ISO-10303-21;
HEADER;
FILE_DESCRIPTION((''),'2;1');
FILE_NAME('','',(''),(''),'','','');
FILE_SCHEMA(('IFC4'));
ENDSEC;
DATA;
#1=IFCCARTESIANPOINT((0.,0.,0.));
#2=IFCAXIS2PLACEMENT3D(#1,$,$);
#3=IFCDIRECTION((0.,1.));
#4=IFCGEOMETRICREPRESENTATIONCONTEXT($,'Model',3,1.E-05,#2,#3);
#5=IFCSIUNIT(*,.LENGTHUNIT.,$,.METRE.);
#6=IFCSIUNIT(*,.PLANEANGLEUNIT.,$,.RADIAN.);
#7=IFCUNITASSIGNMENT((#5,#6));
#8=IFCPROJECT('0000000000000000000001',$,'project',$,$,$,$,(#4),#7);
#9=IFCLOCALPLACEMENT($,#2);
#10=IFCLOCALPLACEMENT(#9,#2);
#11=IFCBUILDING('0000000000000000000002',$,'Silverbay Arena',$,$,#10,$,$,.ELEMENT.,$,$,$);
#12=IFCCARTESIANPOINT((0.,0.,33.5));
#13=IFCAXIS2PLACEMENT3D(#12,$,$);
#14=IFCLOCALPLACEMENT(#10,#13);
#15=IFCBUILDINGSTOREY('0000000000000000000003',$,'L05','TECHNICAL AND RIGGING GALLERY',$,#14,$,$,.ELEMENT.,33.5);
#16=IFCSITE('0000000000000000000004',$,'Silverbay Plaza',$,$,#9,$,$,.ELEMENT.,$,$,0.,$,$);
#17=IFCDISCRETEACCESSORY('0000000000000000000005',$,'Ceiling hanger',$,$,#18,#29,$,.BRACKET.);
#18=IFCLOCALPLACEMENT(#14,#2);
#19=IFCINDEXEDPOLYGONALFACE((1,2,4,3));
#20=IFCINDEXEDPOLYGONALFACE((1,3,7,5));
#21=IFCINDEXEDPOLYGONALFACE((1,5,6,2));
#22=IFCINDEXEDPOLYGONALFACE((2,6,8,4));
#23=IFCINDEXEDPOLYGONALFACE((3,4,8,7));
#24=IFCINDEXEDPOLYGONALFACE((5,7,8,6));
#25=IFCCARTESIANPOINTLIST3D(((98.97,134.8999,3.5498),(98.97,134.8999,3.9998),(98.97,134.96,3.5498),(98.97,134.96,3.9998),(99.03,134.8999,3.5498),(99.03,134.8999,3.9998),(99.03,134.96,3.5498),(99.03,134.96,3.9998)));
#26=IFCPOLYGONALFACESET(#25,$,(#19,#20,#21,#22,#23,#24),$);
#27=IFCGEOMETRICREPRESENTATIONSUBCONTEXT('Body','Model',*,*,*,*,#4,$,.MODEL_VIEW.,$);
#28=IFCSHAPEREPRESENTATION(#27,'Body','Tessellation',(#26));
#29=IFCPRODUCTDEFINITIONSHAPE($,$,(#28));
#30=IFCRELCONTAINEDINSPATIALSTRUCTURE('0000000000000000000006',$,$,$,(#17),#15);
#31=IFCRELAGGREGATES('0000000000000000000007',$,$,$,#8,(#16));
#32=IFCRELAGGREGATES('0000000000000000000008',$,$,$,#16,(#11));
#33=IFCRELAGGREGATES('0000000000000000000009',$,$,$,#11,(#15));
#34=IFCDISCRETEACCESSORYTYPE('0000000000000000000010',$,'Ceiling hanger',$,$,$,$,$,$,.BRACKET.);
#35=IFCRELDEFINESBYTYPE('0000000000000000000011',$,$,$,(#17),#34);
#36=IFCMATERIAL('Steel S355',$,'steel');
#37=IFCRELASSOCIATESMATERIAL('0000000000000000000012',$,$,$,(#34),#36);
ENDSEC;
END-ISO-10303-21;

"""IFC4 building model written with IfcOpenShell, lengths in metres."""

from ifc_helpers import new_model, si_unit, direction, frame, origin, origin_2d, place, context, subcontext, project, spatial, rectangle, extrude, material, type_object, element, save


model = new_model("IFC4")

# Units and contexts
model_context = context("Model", 3, precision=1e-05, world=origin(), true_north=direction((0.0, 1.0)))
body_context = subcontext(model_context, "Body", "Model", "MODEL_VIEW")
ifc_project = project(units=[si_unit("LENGTHUNIT", "METRE"), si_unit("PLANEANGLEUNIT", "RADIAN")], contexts=[model_context])

# Site, building, storey
site_placement = place(None, origin())
site = spatial("IfcSite", under=ifc_project, at=site_placement, Name="Silverbay Plaza", CompositionType="ELEMENT", RefElevation=0.0)
building_placement = place(site_placement, origin())
building = spatial("IfcBuilding", under=site, at=building_placement, Name="Silverbay Arena", CompositionType="ELEMENT")
storey_placement = place(building_placement, frame((0.0, 0.0, 33.5)))
storey = spatial("IfcBuildingStorey", under=building, at=storey_placement, Name="L05", Description="TECHNICAL AND RIGGING GALLERY", CompositionType="ELEMENT", Elevation=33.5)

# Discrete accessory
ifc_material_1 = material(Name="Steel S355", Category="steel")
discrete_accessory_type = type_object("IfcDiscreteAccessoryType", Name="Ceiling hanger", PredefinedType="BRACKET", material=ifc_material_1)
for number, where, z_axis, x_axis, name in (
    (1, (99.0, 134.9299, 3.5498), (0.0, 0.0, 1.0), (1.0, 0.0, 0.0), "Ceiling hanger"),
):
    element("IfcDiscreteAccessory", number, at=place(storey_placement, frame(where, z_axis=z_axis, x_axis=x_axis)), inside=storey, type_object=discrete_accessory_type, Name=name, PredefinedType="BRACKET", context=body_context, shape_type="SweptSolid", body=[
        extrude(rectangle(XDim=0.0601, YDim=0.0601, at=origin_2d()), origin(), (0.0, 0.0, 1.0), 0.45),
    ])

save(model, "model.ifc")
